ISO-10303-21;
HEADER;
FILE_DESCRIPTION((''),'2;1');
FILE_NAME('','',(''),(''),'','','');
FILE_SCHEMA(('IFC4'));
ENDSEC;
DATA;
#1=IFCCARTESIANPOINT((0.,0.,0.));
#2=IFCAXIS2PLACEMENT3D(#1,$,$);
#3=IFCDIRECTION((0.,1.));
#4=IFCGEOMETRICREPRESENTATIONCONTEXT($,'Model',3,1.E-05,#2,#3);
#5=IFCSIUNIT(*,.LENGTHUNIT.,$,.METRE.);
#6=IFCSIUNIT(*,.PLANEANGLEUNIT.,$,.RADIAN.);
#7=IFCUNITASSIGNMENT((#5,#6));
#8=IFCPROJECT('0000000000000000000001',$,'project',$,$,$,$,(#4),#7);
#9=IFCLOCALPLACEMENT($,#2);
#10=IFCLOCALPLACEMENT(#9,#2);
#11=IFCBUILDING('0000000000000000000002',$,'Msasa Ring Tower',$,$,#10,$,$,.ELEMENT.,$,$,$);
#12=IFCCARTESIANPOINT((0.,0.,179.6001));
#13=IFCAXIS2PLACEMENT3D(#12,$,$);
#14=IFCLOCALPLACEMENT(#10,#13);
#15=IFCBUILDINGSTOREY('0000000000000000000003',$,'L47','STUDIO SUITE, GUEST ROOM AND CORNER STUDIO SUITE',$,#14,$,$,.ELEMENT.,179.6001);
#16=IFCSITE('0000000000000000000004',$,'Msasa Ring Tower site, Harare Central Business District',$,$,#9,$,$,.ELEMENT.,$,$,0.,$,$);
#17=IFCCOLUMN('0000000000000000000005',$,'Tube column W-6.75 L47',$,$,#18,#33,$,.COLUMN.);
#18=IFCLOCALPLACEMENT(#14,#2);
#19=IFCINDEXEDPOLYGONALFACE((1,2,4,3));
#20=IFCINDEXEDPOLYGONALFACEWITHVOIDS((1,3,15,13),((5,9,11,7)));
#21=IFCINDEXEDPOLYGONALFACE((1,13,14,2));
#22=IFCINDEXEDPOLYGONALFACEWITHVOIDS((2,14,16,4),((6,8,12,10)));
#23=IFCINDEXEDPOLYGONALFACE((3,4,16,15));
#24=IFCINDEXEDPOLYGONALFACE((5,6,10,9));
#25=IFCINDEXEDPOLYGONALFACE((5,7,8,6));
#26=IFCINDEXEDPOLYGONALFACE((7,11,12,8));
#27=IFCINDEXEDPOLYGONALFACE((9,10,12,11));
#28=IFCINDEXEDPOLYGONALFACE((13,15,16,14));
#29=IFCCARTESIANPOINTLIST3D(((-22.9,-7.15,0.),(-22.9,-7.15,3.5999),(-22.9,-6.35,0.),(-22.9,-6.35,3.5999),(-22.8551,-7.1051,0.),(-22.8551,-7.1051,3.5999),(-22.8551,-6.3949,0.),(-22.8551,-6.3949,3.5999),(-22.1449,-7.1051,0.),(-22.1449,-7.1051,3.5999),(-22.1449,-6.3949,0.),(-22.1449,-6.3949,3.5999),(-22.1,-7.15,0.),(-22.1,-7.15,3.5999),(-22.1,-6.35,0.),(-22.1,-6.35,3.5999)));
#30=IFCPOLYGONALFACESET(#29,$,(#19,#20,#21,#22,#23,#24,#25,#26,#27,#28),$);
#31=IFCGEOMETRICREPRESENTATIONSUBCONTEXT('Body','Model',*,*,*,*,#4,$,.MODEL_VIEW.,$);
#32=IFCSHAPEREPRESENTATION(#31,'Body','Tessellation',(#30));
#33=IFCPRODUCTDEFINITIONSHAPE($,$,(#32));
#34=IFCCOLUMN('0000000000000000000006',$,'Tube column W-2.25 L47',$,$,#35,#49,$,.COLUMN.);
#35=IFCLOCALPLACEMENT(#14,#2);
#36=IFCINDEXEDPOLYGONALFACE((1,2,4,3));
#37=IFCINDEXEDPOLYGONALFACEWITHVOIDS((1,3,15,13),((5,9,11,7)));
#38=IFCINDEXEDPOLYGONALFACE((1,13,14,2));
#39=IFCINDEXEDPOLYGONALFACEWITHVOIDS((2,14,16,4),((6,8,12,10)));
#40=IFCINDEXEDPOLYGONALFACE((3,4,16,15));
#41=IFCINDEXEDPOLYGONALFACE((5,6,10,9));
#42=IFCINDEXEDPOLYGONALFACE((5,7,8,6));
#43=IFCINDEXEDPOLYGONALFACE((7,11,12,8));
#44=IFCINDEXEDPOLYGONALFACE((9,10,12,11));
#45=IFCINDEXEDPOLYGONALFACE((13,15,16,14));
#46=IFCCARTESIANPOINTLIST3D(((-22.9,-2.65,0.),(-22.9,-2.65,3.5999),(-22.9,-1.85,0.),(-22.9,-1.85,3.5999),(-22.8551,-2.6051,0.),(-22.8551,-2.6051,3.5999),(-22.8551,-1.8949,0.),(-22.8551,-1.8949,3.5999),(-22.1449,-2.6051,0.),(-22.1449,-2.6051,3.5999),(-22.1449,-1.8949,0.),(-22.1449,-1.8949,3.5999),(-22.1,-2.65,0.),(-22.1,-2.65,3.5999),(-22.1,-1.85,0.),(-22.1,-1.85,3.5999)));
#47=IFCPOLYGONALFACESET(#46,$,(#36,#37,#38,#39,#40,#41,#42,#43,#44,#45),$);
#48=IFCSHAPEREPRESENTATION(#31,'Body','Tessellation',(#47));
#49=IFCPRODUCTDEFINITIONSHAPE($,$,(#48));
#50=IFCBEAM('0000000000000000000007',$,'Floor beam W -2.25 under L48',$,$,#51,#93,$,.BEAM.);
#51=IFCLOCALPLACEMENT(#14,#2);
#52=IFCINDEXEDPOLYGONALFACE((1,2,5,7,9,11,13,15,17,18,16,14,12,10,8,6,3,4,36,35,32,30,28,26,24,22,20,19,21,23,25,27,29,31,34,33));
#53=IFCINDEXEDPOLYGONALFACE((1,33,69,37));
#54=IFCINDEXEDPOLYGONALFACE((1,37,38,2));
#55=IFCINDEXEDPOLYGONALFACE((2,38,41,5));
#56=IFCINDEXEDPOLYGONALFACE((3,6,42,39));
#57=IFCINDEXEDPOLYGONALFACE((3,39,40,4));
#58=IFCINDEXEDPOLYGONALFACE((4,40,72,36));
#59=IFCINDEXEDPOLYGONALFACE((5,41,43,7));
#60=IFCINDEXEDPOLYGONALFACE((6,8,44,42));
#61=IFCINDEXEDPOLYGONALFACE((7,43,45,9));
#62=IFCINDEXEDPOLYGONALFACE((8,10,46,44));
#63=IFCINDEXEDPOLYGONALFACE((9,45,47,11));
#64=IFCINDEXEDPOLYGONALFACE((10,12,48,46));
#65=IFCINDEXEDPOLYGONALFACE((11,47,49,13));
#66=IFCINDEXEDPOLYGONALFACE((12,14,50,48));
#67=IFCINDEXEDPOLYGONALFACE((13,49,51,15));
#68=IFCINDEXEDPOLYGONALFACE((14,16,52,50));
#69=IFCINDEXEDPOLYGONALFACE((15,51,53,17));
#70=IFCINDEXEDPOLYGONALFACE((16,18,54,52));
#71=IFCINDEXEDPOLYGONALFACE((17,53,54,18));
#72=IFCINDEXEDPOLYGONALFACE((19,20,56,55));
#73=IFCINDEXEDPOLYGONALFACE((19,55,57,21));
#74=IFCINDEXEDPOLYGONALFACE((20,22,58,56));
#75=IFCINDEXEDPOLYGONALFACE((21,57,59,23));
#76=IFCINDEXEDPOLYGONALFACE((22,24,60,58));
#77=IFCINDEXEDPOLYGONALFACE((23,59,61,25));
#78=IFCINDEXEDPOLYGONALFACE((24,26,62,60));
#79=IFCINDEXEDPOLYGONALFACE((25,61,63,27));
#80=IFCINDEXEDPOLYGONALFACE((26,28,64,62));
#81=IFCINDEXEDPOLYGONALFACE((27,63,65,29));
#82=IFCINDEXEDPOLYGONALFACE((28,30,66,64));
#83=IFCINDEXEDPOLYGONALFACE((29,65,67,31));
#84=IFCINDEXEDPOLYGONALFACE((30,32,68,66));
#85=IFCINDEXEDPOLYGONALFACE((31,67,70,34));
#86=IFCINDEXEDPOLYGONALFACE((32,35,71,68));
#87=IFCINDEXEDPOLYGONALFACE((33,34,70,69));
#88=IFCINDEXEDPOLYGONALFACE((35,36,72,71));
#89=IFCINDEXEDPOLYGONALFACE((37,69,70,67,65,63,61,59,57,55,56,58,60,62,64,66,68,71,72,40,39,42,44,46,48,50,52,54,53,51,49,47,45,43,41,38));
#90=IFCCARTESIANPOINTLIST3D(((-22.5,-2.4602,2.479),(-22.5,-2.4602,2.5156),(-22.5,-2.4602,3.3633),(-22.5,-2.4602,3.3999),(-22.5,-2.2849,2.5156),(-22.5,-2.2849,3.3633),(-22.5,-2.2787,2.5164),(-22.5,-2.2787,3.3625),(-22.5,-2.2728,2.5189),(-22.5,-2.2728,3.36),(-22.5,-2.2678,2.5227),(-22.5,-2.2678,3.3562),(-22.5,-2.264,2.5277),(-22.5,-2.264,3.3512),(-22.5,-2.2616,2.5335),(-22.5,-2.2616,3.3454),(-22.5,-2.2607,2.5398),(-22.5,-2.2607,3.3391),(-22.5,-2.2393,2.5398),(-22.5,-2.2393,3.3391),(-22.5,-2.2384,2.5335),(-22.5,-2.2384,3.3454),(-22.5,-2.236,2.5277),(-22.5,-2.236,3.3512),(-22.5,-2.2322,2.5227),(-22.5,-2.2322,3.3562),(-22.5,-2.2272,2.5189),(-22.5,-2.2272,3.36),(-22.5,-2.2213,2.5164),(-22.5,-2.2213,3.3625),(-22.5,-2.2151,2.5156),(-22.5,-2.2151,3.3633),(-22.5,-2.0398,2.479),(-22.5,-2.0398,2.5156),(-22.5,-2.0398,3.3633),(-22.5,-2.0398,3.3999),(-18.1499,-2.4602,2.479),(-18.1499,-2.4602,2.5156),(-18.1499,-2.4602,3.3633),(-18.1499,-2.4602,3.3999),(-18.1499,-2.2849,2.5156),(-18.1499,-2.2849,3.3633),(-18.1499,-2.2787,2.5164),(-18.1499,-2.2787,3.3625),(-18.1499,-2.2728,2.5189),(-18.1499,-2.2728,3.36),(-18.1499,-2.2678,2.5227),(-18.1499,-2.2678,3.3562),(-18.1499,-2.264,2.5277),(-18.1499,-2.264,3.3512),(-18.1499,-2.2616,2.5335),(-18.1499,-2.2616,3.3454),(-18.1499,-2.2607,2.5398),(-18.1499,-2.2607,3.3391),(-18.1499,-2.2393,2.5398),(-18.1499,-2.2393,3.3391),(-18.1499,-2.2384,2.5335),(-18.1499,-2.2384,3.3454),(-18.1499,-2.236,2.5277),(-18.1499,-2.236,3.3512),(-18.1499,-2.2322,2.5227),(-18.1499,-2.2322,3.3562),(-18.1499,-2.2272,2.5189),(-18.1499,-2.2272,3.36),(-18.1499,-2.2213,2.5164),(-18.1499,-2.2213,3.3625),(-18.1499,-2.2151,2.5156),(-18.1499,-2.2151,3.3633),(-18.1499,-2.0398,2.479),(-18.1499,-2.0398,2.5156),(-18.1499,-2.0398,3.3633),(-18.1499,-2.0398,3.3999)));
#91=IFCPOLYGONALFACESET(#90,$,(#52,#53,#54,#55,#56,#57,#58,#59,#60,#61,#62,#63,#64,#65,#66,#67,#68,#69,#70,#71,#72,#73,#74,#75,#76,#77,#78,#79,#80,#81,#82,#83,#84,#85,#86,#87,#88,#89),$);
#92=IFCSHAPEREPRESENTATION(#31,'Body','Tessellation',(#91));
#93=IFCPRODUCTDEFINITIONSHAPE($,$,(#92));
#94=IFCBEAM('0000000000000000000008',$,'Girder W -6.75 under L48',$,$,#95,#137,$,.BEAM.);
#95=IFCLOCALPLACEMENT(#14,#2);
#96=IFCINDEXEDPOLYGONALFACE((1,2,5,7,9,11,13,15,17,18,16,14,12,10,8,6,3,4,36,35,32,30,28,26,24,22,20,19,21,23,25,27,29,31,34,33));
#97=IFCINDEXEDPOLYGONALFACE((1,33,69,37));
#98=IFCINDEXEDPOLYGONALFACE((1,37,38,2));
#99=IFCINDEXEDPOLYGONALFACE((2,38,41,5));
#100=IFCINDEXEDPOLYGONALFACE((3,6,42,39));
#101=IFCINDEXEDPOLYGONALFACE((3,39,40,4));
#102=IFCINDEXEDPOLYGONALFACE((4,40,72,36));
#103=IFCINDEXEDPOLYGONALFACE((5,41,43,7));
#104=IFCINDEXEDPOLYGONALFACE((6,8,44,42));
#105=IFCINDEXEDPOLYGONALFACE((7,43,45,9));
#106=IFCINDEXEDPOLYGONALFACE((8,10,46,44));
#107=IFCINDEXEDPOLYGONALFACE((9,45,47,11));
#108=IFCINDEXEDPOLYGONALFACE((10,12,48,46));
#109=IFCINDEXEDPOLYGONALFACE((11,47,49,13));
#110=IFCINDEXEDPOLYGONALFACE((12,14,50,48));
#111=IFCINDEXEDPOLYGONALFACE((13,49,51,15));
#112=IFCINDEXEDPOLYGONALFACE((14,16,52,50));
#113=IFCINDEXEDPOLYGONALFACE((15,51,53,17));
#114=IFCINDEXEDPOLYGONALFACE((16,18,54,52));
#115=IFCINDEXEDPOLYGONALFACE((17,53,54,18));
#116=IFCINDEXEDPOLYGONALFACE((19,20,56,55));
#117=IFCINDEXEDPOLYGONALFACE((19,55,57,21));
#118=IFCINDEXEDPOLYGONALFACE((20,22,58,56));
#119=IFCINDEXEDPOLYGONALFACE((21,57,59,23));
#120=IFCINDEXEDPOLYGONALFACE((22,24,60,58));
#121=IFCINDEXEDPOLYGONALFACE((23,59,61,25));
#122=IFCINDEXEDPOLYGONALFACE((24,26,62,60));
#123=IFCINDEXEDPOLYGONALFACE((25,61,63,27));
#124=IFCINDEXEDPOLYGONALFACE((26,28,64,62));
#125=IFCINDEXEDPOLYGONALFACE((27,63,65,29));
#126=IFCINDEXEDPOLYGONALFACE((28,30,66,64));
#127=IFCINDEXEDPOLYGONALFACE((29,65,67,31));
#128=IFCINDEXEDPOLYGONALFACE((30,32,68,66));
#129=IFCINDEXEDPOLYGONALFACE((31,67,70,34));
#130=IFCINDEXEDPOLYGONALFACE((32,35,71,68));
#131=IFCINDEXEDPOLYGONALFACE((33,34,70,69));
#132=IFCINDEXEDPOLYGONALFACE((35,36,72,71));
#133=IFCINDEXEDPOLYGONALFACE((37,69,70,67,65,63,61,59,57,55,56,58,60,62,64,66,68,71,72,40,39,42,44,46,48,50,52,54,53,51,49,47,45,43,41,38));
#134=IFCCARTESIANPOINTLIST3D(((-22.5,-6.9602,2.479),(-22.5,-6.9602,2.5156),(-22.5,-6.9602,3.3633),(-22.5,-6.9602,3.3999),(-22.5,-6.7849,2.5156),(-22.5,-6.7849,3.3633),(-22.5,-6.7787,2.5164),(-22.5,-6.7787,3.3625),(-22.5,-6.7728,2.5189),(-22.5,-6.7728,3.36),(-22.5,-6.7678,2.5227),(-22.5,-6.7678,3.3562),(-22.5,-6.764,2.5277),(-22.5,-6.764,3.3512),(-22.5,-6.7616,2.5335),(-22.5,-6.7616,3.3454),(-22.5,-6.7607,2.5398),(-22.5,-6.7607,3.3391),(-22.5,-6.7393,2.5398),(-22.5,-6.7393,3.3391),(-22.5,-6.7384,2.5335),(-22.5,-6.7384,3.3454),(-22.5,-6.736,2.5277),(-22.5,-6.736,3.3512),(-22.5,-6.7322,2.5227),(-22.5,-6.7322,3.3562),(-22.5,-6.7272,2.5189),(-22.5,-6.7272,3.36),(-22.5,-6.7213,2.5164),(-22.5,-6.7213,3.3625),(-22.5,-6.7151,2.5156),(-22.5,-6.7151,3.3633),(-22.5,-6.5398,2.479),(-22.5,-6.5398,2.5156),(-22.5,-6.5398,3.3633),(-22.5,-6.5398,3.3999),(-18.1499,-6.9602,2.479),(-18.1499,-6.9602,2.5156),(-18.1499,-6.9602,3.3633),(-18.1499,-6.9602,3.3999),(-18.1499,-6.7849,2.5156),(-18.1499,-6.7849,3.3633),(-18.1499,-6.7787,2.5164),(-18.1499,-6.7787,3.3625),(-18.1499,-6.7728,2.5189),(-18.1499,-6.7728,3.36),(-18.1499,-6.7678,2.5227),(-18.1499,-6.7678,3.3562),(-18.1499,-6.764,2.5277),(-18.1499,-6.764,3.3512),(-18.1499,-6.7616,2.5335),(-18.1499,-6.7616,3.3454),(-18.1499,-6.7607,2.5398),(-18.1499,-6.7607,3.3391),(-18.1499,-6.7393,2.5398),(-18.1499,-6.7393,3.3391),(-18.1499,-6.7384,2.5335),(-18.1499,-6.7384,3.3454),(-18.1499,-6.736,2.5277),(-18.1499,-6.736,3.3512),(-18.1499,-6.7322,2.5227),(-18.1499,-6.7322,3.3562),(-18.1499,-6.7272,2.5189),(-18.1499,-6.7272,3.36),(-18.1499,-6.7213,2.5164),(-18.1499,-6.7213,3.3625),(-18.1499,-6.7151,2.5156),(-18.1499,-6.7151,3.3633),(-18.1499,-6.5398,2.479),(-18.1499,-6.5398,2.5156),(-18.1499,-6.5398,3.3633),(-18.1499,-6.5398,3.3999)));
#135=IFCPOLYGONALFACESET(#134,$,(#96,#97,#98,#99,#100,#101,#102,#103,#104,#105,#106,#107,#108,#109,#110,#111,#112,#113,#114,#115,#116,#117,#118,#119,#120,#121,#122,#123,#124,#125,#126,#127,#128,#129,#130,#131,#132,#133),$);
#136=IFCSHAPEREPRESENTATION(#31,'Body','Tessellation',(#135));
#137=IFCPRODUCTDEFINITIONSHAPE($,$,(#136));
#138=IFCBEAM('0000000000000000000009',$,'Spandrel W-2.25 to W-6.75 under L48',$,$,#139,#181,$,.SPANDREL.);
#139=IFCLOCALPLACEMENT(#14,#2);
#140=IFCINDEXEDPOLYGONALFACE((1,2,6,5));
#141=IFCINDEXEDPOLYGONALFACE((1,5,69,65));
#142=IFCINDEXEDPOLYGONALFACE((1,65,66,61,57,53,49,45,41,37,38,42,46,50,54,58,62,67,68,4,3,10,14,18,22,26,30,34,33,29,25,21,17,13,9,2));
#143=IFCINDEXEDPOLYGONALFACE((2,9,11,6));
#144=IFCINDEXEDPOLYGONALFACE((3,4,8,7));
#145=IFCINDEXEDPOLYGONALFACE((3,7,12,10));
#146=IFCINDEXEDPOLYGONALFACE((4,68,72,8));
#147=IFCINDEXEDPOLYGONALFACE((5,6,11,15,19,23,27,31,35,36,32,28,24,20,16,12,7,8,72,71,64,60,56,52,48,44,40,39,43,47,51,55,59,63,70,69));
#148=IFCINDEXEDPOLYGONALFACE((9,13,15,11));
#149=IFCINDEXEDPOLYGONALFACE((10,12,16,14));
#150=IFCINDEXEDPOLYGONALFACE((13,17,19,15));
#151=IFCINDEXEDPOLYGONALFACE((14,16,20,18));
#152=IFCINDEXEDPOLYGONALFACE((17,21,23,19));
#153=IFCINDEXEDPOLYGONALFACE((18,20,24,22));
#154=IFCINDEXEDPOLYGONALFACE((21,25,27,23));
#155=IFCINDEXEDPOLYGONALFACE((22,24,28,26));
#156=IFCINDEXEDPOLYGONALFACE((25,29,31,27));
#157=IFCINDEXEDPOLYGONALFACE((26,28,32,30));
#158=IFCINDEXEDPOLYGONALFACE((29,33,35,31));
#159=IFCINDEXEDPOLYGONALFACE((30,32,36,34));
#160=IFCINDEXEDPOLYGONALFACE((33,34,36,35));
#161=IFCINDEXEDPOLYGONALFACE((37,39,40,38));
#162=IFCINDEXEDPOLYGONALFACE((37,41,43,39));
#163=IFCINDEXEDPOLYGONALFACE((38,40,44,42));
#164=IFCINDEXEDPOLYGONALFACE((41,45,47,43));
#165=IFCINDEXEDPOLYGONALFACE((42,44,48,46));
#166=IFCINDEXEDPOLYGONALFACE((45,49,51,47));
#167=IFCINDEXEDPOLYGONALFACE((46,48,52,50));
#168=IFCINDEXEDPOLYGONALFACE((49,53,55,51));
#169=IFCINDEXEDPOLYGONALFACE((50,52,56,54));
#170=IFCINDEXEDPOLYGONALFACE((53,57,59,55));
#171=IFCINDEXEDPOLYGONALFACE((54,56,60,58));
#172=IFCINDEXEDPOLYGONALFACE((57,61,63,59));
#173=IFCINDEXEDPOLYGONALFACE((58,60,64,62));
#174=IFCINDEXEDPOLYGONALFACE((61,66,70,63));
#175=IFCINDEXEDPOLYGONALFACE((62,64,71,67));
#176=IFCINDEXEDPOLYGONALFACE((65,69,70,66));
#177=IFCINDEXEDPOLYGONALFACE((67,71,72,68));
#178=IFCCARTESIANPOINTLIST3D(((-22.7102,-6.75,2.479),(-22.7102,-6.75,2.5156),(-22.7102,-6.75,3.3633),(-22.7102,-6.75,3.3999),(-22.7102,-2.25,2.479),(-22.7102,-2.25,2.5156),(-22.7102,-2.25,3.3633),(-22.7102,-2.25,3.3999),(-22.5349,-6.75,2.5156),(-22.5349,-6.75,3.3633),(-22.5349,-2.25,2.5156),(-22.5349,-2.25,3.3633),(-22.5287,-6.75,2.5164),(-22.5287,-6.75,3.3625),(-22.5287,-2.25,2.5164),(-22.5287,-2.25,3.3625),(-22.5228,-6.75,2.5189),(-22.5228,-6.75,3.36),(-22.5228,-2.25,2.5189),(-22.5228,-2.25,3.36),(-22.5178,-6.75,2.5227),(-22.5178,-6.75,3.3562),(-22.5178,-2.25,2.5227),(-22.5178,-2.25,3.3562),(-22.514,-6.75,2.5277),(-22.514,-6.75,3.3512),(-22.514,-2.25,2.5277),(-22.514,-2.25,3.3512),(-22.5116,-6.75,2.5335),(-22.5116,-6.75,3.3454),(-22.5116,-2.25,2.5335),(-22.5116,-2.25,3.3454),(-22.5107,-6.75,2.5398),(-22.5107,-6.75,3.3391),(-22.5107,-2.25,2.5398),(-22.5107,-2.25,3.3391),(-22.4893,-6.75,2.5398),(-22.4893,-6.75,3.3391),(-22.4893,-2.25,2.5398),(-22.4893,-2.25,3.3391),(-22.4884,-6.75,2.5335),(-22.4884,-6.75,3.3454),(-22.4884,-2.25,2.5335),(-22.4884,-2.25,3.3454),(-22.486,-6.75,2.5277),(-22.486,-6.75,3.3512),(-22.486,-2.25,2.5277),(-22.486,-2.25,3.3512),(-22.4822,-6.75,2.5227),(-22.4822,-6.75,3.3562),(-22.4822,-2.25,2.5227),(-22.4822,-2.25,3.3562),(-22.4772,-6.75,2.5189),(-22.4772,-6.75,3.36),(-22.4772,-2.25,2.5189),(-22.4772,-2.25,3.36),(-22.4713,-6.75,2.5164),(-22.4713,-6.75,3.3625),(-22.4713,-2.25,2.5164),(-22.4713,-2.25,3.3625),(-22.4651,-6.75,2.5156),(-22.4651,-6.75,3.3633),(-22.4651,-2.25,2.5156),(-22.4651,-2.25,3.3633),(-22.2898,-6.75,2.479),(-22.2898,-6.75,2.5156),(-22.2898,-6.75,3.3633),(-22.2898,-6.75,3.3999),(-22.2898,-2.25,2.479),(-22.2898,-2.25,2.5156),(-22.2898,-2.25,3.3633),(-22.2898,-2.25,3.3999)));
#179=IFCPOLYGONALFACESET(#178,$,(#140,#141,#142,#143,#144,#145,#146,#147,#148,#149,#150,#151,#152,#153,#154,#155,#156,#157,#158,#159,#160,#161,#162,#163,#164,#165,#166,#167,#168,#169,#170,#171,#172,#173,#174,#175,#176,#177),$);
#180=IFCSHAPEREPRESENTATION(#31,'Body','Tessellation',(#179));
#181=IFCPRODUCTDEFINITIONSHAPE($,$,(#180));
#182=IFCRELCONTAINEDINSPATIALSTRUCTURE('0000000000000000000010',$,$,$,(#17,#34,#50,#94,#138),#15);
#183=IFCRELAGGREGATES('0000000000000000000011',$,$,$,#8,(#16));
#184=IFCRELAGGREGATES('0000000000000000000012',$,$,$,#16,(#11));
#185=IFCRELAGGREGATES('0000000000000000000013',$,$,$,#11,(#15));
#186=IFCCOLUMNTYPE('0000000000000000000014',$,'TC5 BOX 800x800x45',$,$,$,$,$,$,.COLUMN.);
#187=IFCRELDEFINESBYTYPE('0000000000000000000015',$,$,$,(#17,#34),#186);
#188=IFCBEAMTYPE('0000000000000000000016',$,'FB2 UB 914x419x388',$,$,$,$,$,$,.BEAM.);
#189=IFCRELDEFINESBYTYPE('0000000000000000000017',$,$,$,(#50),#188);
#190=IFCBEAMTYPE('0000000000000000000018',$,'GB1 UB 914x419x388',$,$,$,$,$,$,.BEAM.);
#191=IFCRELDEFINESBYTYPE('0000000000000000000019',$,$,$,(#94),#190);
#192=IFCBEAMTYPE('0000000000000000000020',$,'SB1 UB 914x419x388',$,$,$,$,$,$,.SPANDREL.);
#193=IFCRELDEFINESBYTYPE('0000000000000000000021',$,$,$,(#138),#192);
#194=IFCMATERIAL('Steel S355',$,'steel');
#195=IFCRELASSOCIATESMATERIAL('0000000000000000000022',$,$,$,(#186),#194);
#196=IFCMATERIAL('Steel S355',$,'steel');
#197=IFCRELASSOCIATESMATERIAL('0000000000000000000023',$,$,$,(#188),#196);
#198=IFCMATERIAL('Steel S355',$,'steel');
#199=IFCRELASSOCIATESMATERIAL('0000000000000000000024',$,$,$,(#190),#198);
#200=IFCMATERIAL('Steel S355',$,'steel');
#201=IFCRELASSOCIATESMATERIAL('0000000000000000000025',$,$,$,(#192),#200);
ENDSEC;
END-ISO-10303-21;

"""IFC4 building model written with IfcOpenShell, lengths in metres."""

from ifc_helpers import new_model, si_unit, direction, frame, origin, origin_2d, place, context, subcontext, project, spatial, hollow_rectangle, i_section, extrude, material, material_profile, profile_set, type_object, element, save


model = new_model("IFC4")

# Units and contexts
model_context = context("Model", 3, precision=1e-05, world=origin(), true_north=direction((0.0, 1.0)))
body_context = subcontext(model_context, "Body", "Model", "MODEL_VIEW")
ifc_project = project(units=[si_unit("LENGTHUNIT", "METRE"), si_unit("PLANEANGLEUNIT", "RADIAN")], contexts=[model_context])

# Site, building, storey
site_placement = place(None, origin())
site = spatial("IfcSite", under=ifc_project, at=site_placement, Name="Msasa Ring Tower site, Harare Central Business District", CompositionType="ELEMENT", RefElevation=0.0)
building_placement = place(site_placement, origin())
building = spatial("IfcBuilding", under=site, at=building_placement, Name="Msasa Ring Tower", CompositionType="ELEMENT")
storey_placement = place(building_placement, frame((0.0, 0.0, 179.6001)))
storey = spatial("IfcBuildingStorey", under=building, at=storey_placement, Name="L47", Description="STUDIO SUITE, GUEST ROOM AND CORNER STUDIO SUITE", CompositionType="ELEMENT", Elevation=179.6001)

# Columns
ifc_material_1 = material(Name="Steel S355", Category="steel")
ifc_material_profile_1 = material_profile(ifc_material_1, hollow_rectangle(XDim=0.8, YDim=0.8, WallThickness=0.0449, at=origin_2d()), Name="BOX 800x800x45")
ifc_profile_set_1 = profile_set([ifc_material_profile_1], Name="Steel S355")
column_type = type_object("IfcColumnType", Name="TC5 BOX 800x800x45", PredefinedType="COLUMN", material=ifc_profile_set_1)
for number, where, z_axis, x_axis, name in (
    (1, (-22.5, -6.75, 0.0), (0.0, 0.0, 1.0), (1.0, 0.0, 0.0), "Tube column W-6.75 L47"),
    (2, (-22.5, -2.25, 0.0), (0.0, 0.0, 1.0), (1.0, 0.0, 0.0), "Tube column W-2.25 L47"),
):
    element("IfcColumn", number, at=place(storey_placement, frame(where, z_axis=z_axis, x_axis=x_axis)), inside=storey, type_object=column_type, Name=name, PredefinedType="COLUMN", context=body_context, shape_type="SweptSolid", body=[
        extrude(hollow_rectangle(XDim=0.8, YDim=0.8, WallThickness=0.0449, at=origin_2d()), origin(), (0.0, 0.0, 1.0), 3.5999),
    ])

# Beams
ifc_material_2 = material(Name="Steel S355", Category="steel")
ifc_material_profile_2 = material_profile(ifc_material_2, i_section(OverallWidth=0.4204, OverallDepth=0.9209, WebThickness=0.0215, FlangeThickness=0.0366, FilletRadius=0.0242, at=origin_2d()), Name="UB 914x419x388")
ifc_profile_set_2 = profile_set([ifc_material_profile_2], Name="Steel S355")
beam_type_1 = type_object("IfcBeamType", Name="FB2 UB 914x419x388", PredefinedType="BEAM", material=ifc_profile_set_2)
beam_1_placement = place(storey_placement, frame((-22.5, -2.25, 2.9395), z_axis=(1.0, 0.0, 0.0), x_axis=(0.0, 1.0, 0.0)))
element("IfcBeam", 3, at=beam_1_placement, inside=storey, type_object=beam_type_1, Name="Floor beam W -2.25 under L48", PredefinedType="BEAM", context=body_context, shape_type="SweptSolid", body=[
    extrude(i_section(OverallWidth=0.4204, OverallDepth=0.9209, WebThickness=0.0215, FlangeThickness=0.0366, FilletRadius=0.0242, at=origin_2d()), origin(), (0.0, 0.0, 1.0), 4.3501),
])
ifc_material_3 = material(Name="Steel S355", Category="steel")
ifc_material_profile_3 = material_profile(ifc_material_3, i_section(OverallWidth=0.4204, OverallDepth=0.9209, WebThickness=0.0215, FlangeThickness=0.0366, FilletRadius=0.0242, at=origin_2d()), Name="UB 914x419x388")
ifc_profile_set_3 = profile_set([ifc_material_profile_3], Name="Steel S355")
beam_type_2 = type_object("IfcBeamType", Name="GB1 UB 914x419x388", PredefinedType="BEAM", material=ifc_profile_set_3)
beam_2_placement = place(storey_placement, frame((-18.1499, -6.75, 2.9395), z_axis=(-1.0, 0.0, 0.0), x_axis=(0.0, -1.0, 0.0)))
element("IfcBeam", 4, at=beam_2_placement, inside=storey, type_object=beam_type_2, Name="Girder W -6.75 under L48", PredefinedType="BEAM", context=body_context, shape_type="SweptSolid", body=[
    extrude(i_section(OverallWidth=0.4204, OverallDepth=0.9209, WebThickness=0.0215, FlangeThickness=0.0366, FilletRadius=0.0242, at=origin_2d()), origin(), (0.0, 0.0, 1.0), 4.3501),
])
ifc_material_4 = material(Name="Steel S355", Category="steel")
ifc_material_profile_4 = material_profile(ifc_material_4, i_section(OverallWidth=0.4204, OverallDepth=0.9209, WebThickness=0.0215, FlangeThickness=0.0366, FilletRadius=0.0242, at=origin_2d()), Name="UB 914x419x388")
ifc_profile_set_4 = profile_set([ifc_material_profile_4], Name="Steel S355")
beam_type_3 = type_object("IfcBeamType", Name="SB1 UB 914x419x388", PredefinedType="SPANDREL", material=ifc_profile_set_4)
for number, where, z_axis, x_axis, name in (
    (5, (-22.5, -2.25, 2.9395), (0.0, -1.0, 0.0), (1.0, 0.0, 0.0), "Spandrel W-2.25 to W-6.75 under L48"),
):
    element("IfcBeam", number, at=place(storey_placement, frame(where, z_axis=z_axis, x_axis=x_axis)), inside=storey, type_object=beam_type_3, Name=name, PredefinedType="SPANDREL", context=body_context, shape_type="SweptSolid", body=[
        extrude(i_section(OverallWidth=0.4204, OverallDepth=0.9209, WebThickness=0.0215, FlangeThickness=0.0366, FilletRadius=0.0242, at=origin_2d()), origin(), (0.0, 0.0, 1.0), 4.5),
    ])

save(model, "model.ifc")
